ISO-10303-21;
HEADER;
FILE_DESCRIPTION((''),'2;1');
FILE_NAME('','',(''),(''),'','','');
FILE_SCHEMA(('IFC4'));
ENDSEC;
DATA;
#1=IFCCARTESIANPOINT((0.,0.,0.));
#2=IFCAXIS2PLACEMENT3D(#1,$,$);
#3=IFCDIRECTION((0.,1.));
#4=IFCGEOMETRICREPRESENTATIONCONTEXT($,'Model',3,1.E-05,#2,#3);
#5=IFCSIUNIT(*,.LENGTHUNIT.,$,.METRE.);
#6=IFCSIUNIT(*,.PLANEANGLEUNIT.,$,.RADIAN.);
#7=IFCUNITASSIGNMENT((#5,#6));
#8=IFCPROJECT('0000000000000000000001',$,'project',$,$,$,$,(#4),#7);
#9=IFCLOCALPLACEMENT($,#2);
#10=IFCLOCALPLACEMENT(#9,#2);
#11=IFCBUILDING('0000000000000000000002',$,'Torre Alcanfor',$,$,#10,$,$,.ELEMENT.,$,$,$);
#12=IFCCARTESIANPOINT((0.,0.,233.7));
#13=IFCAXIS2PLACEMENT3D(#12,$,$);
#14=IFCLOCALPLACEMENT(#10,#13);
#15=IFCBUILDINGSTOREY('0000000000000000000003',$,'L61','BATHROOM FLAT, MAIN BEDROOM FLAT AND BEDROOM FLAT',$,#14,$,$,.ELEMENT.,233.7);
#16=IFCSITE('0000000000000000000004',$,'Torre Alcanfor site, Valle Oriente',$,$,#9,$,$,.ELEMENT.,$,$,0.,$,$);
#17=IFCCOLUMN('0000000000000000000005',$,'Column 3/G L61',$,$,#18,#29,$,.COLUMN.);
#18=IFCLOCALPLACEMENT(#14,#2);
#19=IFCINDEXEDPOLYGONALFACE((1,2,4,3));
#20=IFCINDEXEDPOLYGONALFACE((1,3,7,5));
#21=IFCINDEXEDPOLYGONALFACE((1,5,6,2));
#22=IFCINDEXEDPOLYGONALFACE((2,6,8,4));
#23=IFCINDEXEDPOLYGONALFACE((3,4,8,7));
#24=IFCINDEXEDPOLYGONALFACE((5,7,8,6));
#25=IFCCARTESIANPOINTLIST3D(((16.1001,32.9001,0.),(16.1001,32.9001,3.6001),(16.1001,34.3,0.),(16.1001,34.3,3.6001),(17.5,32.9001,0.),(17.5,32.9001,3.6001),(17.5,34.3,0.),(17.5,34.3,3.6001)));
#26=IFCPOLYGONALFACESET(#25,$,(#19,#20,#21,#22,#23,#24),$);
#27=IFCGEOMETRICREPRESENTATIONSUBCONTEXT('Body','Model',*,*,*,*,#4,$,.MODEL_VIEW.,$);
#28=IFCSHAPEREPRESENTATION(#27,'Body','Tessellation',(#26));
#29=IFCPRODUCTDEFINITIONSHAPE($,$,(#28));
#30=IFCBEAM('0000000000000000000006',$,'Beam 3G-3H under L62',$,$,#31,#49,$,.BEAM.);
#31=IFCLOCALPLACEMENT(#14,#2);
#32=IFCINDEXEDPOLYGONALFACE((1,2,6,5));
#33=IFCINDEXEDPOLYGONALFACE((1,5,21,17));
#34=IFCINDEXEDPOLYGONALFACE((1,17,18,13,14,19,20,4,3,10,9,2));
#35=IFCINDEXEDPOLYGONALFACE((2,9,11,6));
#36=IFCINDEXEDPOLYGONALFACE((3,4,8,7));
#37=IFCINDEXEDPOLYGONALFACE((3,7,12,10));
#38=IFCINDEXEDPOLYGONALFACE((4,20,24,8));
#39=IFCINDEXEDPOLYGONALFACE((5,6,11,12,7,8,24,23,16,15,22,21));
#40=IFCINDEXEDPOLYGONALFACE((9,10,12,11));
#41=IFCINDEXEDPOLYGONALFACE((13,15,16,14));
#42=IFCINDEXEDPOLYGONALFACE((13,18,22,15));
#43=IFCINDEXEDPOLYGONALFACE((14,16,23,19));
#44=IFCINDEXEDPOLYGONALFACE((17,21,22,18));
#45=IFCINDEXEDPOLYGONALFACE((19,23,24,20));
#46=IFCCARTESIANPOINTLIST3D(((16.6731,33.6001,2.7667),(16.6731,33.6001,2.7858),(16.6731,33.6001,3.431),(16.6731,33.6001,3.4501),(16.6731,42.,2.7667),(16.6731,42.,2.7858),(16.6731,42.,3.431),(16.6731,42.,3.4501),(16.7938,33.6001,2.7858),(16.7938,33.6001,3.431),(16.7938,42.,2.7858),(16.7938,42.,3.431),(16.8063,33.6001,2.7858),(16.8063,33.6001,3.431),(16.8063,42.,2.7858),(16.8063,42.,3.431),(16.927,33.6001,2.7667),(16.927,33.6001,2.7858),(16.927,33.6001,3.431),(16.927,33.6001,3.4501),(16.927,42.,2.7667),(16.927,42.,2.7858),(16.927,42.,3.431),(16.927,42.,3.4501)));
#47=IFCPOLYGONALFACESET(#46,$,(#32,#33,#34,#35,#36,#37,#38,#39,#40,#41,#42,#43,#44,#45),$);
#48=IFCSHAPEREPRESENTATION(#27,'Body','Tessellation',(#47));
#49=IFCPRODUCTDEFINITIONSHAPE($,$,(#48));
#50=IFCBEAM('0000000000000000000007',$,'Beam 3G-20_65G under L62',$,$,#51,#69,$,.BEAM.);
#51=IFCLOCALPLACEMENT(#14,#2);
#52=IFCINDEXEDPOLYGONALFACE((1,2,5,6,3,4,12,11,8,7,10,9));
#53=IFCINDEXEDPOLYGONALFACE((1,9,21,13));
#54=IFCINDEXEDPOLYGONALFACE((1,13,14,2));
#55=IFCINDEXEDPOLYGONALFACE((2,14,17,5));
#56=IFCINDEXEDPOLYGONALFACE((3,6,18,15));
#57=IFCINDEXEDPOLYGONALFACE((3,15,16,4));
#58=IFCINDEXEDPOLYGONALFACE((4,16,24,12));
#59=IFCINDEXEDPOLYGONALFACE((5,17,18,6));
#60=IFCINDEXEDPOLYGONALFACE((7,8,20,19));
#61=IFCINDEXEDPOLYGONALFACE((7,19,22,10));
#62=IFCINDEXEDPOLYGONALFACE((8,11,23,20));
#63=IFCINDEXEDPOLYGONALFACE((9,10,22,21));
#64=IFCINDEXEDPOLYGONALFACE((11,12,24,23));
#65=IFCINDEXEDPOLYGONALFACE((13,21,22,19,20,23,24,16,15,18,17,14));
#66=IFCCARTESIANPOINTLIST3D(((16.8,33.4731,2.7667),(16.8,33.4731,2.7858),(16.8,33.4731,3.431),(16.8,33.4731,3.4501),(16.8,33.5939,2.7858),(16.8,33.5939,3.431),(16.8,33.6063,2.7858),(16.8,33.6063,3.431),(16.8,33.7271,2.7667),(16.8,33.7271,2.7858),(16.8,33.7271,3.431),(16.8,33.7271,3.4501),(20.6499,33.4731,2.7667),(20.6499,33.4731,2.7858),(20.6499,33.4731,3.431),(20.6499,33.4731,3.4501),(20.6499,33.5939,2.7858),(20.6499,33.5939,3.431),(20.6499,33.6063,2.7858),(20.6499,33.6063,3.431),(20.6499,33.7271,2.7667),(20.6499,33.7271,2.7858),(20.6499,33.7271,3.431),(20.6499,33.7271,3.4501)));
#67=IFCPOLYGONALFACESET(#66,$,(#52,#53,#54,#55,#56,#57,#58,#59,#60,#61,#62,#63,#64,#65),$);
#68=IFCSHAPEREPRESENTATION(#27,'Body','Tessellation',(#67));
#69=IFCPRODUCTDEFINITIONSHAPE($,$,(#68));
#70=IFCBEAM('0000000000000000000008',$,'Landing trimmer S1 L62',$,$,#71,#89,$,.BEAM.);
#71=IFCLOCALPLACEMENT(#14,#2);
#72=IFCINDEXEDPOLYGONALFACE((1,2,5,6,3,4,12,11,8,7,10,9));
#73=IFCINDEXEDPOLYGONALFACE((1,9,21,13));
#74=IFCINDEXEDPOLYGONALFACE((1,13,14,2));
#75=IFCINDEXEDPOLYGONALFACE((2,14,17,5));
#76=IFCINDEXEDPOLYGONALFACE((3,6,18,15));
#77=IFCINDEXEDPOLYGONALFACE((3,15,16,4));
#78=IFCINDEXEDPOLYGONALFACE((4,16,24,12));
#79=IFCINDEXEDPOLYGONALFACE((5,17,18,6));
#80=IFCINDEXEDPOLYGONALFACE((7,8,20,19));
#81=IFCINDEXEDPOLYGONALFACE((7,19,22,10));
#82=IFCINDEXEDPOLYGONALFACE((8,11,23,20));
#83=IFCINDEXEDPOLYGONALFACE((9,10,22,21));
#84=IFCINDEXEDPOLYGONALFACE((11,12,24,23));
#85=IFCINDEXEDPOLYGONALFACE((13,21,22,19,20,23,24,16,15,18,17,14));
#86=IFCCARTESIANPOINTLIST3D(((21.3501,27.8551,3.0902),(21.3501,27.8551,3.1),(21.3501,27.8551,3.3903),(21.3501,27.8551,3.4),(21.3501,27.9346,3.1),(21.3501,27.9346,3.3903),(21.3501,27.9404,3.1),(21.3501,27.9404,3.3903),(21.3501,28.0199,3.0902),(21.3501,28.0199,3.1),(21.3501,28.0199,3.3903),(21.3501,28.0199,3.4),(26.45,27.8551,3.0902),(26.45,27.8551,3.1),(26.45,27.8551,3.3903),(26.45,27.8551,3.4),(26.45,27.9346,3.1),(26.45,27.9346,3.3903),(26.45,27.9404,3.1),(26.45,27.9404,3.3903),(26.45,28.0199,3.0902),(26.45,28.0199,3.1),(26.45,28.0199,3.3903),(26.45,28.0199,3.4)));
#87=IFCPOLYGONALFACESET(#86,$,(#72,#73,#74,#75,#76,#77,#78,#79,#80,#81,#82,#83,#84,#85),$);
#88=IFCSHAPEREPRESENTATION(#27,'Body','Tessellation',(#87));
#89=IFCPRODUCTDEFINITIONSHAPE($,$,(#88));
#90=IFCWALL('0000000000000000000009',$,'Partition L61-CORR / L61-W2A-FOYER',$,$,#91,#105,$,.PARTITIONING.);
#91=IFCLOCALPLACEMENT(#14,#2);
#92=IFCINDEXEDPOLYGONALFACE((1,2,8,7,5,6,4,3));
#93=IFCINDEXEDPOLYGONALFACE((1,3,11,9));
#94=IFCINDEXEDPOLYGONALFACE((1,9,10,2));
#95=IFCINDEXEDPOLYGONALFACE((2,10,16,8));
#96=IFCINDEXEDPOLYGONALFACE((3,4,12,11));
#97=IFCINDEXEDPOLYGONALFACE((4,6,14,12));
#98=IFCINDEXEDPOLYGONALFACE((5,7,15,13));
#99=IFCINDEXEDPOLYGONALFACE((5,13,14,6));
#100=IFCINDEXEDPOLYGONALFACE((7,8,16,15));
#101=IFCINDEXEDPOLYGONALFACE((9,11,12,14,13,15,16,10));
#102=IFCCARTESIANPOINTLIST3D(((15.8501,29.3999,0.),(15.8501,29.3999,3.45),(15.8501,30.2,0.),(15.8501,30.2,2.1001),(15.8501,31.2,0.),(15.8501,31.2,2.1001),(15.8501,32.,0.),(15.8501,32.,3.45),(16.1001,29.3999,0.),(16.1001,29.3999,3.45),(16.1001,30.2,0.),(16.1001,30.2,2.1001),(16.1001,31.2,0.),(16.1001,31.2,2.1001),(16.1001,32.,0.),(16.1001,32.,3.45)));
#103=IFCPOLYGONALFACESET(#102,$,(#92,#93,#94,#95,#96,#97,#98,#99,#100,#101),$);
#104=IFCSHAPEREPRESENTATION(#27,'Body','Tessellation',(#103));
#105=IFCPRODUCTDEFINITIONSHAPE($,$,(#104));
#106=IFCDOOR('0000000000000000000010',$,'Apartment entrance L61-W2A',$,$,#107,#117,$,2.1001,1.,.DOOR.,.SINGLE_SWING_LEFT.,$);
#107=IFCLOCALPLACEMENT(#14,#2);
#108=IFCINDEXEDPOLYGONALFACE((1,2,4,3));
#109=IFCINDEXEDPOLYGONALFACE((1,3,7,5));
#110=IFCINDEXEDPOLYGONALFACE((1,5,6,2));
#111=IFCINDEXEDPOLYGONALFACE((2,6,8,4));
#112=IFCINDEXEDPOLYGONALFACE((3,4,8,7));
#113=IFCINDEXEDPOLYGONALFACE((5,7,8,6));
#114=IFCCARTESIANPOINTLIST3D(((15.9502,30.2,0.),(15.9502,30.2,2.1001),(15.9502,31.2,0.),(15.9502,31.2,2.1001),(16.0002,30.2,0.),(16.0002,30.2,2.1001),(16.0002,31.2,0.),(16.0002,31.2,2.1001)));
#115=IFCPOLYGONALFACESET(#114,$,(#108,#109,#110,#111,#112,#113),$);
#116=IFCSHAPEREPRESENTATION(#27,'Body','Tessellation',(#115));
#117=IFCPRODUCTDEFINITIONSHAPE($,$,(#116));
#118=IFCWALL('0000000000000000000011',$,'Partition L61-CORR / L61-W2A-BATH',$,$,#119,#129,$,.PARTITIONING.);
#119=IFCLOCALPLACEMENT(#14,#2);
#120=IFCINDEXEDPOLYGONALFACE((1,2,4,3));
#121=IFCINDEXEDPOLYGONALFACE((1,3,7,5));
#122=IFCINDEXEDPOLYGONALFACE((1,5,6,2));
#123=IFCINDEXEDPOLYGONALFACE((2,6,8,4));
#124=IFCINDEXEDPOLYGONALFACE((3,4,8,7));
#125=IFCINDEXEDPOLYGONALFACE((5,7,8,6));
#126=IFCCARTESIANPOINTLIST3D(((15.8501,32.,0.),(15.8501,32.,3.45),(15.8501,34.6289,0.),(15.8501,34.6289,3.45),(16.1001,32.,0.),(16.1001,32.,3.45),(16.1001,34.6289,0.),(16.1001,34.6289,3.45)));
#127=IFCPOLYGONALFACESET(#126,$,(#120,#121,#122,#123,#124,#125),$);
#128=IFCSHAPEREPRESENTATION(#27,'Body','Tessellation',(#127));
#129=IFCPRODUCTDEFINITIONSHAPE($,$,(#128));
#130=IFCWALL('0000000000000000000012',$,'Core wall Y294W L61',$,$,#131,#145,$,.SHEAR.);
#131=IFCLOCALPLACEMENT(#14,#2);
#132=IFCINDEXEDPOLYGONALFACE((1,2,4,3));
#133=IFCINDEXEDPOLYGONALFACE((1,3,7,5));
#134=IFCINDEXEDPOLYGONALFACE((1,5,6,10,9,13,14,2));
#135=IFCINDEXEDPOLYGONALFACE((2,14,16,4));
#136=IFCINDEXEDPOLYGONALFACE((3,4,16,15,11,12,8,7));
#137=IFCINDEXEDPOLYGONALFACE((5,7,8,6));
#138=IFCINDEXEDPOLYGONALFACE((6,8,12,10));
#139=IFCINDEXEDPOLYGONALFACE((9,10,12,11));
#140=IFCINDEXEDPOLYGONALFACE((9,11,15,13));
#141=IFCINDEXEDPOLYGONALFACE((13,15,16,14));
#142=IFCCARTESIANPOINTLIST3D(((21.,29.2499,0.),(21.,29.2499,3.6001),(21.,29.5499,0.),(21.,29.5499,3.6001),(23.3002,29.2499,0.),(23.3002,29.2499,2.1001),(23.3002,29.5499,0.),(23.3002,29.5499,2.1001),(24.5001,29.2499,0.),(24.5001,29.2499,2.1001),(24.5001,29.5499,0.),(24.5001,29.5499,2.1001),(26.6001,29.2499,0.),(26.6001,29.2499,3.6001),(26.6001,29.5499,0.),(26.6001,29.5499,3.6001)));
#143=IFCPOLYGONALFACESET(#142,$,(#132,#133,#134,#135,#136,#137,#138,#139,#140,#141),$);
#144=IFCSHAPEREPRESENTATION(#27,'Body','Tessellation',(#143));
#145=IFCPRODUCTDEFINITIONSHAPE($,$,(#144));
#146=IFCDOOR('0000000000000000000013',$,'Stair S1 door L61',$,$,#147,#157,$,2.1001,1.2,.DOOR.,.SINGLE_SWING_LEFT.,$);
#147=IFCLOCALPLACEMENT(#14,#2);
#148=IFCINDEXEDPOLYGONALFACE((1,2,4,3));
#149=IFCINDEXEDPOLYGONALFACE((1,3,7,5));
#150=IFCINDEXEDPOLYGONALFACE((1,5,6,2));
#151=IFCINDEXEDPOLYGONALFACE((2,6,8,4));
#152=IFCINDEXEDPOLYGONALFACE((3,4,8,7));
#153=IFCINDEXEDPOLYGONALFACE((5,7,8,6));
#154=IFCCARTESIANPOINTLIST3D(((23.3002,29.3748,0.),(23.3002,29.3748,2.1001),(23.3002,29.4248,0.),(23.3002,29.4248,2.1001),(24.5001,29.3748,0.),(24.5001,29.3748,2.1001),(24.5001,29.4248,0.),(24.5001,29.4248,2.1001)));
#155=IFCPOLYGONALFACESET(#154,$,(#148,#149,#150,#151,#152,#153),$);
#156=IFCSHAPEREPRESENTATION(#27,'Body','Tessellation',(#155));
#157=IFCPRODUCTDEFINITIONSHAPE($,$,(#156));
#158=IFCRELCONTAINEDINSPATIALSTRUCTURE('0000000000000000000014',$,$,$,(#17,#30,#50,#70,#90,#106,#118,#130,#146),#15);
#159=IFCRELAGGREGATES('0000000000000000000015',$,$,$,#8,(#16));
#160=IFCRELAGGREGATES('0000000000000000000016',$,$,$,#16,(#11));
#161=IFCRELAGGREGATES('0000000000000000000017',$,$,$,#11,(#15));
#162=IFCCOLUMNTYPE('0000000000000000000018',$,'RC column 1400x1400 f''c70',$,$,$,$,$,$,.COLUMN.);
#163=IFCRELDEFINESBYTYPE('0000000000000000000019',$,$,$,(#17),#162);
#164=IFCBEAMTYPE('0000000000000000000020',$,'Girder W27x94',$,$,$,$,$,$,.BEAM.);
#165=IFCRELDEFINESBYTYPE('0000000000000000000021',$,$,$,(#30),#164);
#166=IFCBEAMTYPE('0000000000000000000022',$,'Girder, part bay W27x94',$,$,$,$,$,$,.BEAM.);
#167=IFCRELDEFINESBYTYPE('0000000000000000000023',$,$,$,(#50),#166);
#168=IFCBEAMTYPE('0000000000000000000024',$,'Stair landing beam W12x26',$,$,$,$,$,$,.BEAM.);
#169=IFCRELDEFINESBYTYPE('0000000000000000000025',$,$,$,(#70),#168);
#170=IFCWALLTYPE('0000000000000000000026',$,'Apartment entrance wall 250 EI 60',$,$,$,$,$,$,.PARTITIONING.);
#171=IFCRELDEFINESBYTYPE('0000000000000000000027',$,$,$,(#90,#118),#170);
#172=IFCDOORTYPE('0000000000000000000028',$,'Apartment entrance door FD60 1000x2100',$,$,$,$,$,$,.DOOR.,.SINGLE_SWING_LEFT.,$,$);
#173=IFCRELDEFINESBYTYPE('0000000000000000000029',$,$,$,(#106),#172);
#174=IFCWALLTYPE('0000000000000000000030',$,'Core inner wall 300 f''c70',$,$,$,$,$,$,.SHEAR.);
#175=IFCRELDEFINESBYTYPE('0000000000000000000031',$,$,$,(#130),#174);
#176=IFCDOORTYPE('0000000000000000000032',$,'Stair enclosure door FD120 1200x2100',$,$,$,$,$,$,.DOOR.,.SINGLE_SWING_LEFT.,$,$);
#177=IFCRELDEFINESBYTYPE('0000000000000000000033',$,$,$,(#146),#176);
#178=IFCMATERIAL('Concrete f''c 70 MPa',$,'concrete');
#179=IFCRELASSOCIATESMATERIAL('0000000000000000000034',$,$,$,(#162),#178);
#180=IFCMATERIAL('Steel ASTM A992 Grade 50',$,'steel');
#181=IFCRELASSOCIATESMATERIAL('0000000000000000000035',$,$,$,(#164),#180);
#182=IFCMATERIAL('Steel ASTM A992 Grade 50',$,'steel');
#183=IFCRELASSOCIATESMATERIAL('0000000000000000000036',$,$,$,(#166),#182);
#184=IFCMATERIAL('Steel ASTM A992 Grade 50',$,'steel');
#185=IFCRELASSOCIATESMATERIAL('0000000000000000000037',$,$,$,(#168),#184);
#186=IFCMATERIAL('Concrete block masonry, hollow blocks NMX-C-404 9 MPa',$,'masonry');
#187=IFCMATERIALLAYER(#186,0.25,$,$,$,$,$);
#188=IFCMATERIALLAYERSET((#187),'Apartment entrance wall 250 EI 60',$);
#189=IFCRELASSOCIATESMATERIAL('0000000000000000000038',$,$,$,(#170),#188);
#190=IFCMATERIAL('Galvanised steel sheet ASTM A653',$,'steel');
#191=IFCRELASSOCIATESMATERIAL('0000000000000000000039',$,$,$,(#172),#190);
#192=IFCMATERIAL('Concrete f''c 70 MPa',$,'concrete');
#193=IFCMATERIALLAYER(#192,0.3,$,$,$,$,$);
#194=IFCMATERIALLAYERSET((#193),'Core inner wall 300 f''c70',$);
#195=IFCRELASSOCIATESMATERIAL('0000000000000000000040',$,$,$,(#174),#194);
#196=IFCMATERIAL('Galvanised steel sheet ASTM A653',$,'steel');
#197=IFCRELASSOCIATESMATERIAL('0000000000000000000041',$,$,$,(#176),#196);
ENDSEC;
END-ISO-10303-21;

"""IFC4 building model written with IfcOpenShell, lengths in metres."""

from ifc_helpers import new_model, si_unit, direction, frame, frame_2d, origin, origin_2d, place, context, subcontext, project, spatial, rectangle, i_section, extrude, material, layer, layer_set, material_profile, profile_set, type_object, element, fill, save


model = new_model("IFC4")

# Units and contexts
model_context = context("Model", 3, precision=1e-05, world=origin(), true_north=direction((0.0, 1.0)))
body_context = subcontext(model_context, "Body", "Model", "MODEL_VIEW")
ifc_project = project(units=[si_unit("LENGTHUNIT", "METRE"), si_unit("PLANEANGLEUNIT", "RADIAN")], contexts=[model_context])

# Site, building, storey
site_placement = place(None, origin())
site = spatial("IfcSite", under=ifc_project, at=site_placement, Name="Torre Alcanfor site, Valle Oriente", CompositionType="ELEMENT", RefElevation=0.0)
building_placement = place(site_placement, origin())
building = spatial("IfcBuilding", under=site, at=building_placement, Name="Torre Alcanfor", CompositionType="ELEMENT")
storey_placement = place(building_placement, frame((0.0, 0.0, 233.7)))
storey = spatial("IfcBuildingStorey", under=building, at=storey_placement, Name="L61", Description="BATHROOM FLAT, MAIN BEDROOM FLAT AND BEDROOM FLAT", CompositionType="ELEMENT", Elevation=233.7)

# Column
ifc_material_1 = material(Name="Concrete f'c 70 MPa", Category="concrete")
ifc_material_profile_1 = material_profile(ifc_material_1, rectangle(XDim=1.3999, YDim=1.3999, at=origin_2d()), Name="1400x1400")
ifc_profile_set_1 = profile_set([ifc_material_profile_1], Name="Concrete f'c 70 MPa")
column_type = type_object("IfcColumnType", Name="RC column 1400x1400 f'c70", PredefinedType="COLUMN", material=ifc_profile_set_1)
column_placement = place(storey_placement, frame((16.8, 33.6001, 0.0), z_axis=(0.0, 0.0, 1.0), x_axis=(1.0, 0.0, 0.0)))
element("IfcColumn", 1, at=column_placement, inside=storey, type_object=column_type, Name="Column 3/G L61", PredefinedType="COLUMN", context=body_context, shape_type="SweptSolid", body=[
    extrude(rectangle(XDim=1.3999, YDim=1.3999, at=origin_2d()), origin(), (0.0, 0.0, 1.0), 3.6001),
])

# Beams
ifc_material_2 = material(Name="Steel ASTM A992 Grade 50", Category="steel")
ifc_material_profile_2 = material_profile(ifc_material_2, i_section(OverallWidth=0.2539, OverallDepth=0.6833, WebThickness=0.0125, FlangeThickness=0.019, at=origin_2d()), Name="W27x94")
ifc_profile_set_2 = profile_set([ifc_material_profile_2], Name="Steel ASTM A992 Grade 50")
beam_type_1 = type_object("IfcBeamType", Name="Girder W27x94", PredefinedType="BEAM", material=ifc_profile_set_2)
beam_1_placement = place(storey_placement, frame((16.8, 33.6001, 3.1084), z_axis=(0.0, 1.0, 0.0), x_axis=(-1.0, 0.0, 0.0)))
element("IfcBeam", 2, at=beam_1_placement, inside=storey, type_object=beam_type_1, Name="Beam 3G-3H under L62", PredefinedType="BEAM", context=body_context, shape_type="SweptSolid", body=[
    extrude(i_section(OverallWidth=0.2539, OverallDepth=0.6833, WebThickness=0.0125, FlangeThickness=0.019, at=origin_2d()), origin(), (0.0, 0.0, 1.0), 8.3999),
])
ifc_material_3 = material(Name="Steel ASTM A992 Grade 50", Category="steel")
ifc_material_profile_3 = material_profile(ifc_material_3, i_section(OverallWidth=0.2539, OverallDepth=0.6833, WebThickness=0.0125, FlangeThickness=0.019, at=origin_2d()), Name="W27x94")
ifc_profile_set_3 = profile_set([ifc_material_profile_3], Name="Steel ASTM A992 Grade 50")
beam_type_2 = type_object("IfcBeamType", Name="Girder, part bay W27x94", PredefinedType="BEAM", material=ifc_profile_set_3)
beam_2_placement = place(storey_placement, frame((16.8, 33.6001, 3.1084), z_axis=(1.0, 0.0, 0.0), x_axis=(0.0, 1.0, 0.0)))
element("IfcBeam", 3, at=beam_2_placement, inside=storey, type_object=beam_type_2, Name="Beam 3G-20_65G under L62", PredefinedType="BEAM", context=body_context, shape_type="SweptSolid", body=[
    extrude(i_section(OverallWidth=0.2539, OverallDepth=0.6833, WebThickness=0.0125, FlangeThickness=0.019, at=origin_2d()), origin(), (0.0, 0.0, 1.0), 3.8499),
])
ifc_material_4 = material(Name="Steel ASTM A992 Grade 50", Category="steel")
ifc_material_profile_4 = material_profile(ifc_material_4, i_section(OverallWidth=0.1648, OverallDepth=0.3098, WebThickness=0.0059, FlangeThickness=0.0098, at=origin_2d()), Name="W12x26")
ifc_profile_set_4 = profile_set([ifc_material_profile_4], Name="Steel ASTM A992 Grade 50")
beam_type_3 = type_object("IfcBeamType", Name="Stair landing beam W12x26", PredefinedType="BEAM", material=ifc_profile_set_4)
beam_3_placement = place(storey_placement, frame((21.3501, 27.9375, 3.2451), z_axis=(1.0, 0.0, 0.0), x_axis=(0.0, 1.0, 0.0)))
element("IfcBeam", 4, at=beam_3_placement, inside=storey, type_object=beam_type_3, Name="Landing trimmer S1 L62", PredefinedType="BEAM", context=body_context, shape_type="SweptSolid", body=[
    extrude(i_section(OverallWidth=0.1648, OverallDepth=0.3098, WebThickness=0.0059, FlangeThickness=0.0098, at=origin_2d()), origin(), (0.0, 0.0, 1.0), 5.0999),
])

# Wall, opening, door
ifc_material_5 = material(Name="Concrete block masonry, hollow blocks NMX-C-404 9 MPa", Category="masonry")
ifc_layer_1 = layer(ifc_material_5, 0.25)
ifc_layer_set_1 = layer_set([ifc_layer_1], Name="Apartment entrance wall 250 EI 60")
wall_type_1 = type_object("IfcWallType", Name="Apartment entrance wall 250 EI 60", PredefinedType="PARTITIONING", material=ifc_layer_set_1)
wall_1_placement = place(storey_placement, frame((15.9751, 29.3999, 0.0), z_axis=(0.0, 0.0, 1.0), x_axis=(0.0, 1.0, 0.0)))
wall_1 = element("IfcWall", 5, at=wall_1_placement, inside=storey, type_object=wall_type_1, Name="Partition L61-CORR / L61-W2A-FOYER", PredefinedType="PARTITIONING", context=body_context, shape_type="SweptSolid", body=[
    extrude(rectangle(XDim=2.6001, YDim=0.25, at=frame_2d((1.3, 0.0))), origin(), (0.0, 0.0, 1.0), 3.45),
])
opening_1_placement = place(wall_1_placement, frame((0.8, 0.0, 0.0)))
opening_1 = element("IfcOpeningElement", 6, at=opening_1_placement, cuts=wall_1, PredefinedType="OPENING", context=body_context, shape_type="SweptSolid", body=[
    extrude(rectangle(XDim=1.0, YDim=2.1001, at=frame_2d((0.5, 1.05))), frame((0.0, 0.135, 0.0), z_axis=(0.0, -1.0, 0.0), x_axis=(1.0, 0.0, 0.0)), (0.0, 0.0, 1.0), 0.27),
])
ifc_material_6 = material(Name="Galvanised steel sheet ASTM A653", Category="steel")
door_type_1 = type_object("IfcDoorType", Name="Apartment entrance door FD60 1000x2100", OperationType="SINGLE_SWING_LEFT", PredefinedType="DOOR", material=ifc_material_6)
door_1_placement = place(opening_1_placement, origin())
door_1 = element("IfcDoor", 7, at=door_1_placement, inside=storey, type_object=door_type_1, Name="Apartment entrance L61-W2A", OperationType="SINGLE_SWING_LEFT", OverallHeight=2.1001, OverallWidth=1.0, PredefinedType="DOOR", context=body_context, shape_type="SweptSolid", body=[
    extrude(rectangle(XDim=1.0, YDim=2.1001, at=frame_2d((0.5, 1.05))), frame((0.0, 0.0249, 0.0), z_axis=(0.0, -1.0, 0.0), x_axis=(1.0, 0.0, 0.0)), (0.0, 0.0, 1.0), 0.05),
])
fill(opening_1, door_1)

# Wall
wall_2_placement = place(storey_placement, frame((15.9751, 32.0, 0.0), z_axis=(0.0, 0.0, 1.0), x_axis=(0.0, 1.0, 0.0)))
element("IfcWall", 8, at=wall_2_placement, inside=storey, type_object=wall_type_1, Name="Partition L61-CORR / L61-W2A-BATH", PredefinedType="PARTITIONING", context=body_context, shape_type="SweptSolid", body=[
    extrude(rectangle(XDim=2.6289, YDim=0.25, at=frame_2d((1.3145, 0.0))), origin(), (0.0, 0.0, 1.0), 3.45),
])

# Wall, opening, door
ifc_material_7 = material(Name="Concrete f'c 70 MPa", Category="concrete")
ifc_layer_2 = layer(ifc_material_7, 0.3)
ifc_layer_set_2 = layer_set([ifc_layer_2], Name="Core inner wall 300 f'c70")
wall_type_2 = type_object("IfcWallType", Name="Core inner wall 300 f'c70", PredefinedType="SHEAR", material=ifc_layer_set_2)
wall_3_placement = place(storey_placement, frame((21.0, 29.3999, 0.0), z_axis=(0.0, 0.0, 1.0), x_axis=(1.0, 0.0, 0.0)))
wall_3 = element("IfcWall", 9, at=wall_3_placement, inside=storey, type_object=wall_type_2, Name="Core wall Y294W L61", PredefinedType="SHEAR", context=body_context, shape_type="SweptSolid", body=[
    extrude(rectangle(XDim=5.6001, YDim=0.3, at=frame_2d((2.8, 0.0))), origin(), (0.0, 0.0, 1.0), 3.6001),
])
opening_2_placement = place(wall_3_placement, frame((2.3, 0.0, 0.0)))
opening_2 = element("IfcOpeningElement", 10, at=opening_2_placement, cuts=wall_3, PredefinedType="OPENING", context=body_context, shape_type="SweptSolid", body=[
    extrude(rectangle(XDim=1.2, YDim=2.1001, at=frame_2d((0.6001, 1.05))), frame((0.0, 0.1599, 0.0), z_axis=(0.0, -1.0, 0.0), x_axis=(1.0, 0.0, 0.0)), (0.0, 0.0, 1.0), 0.3201),
])
ifc_material_8 = material(Name="Galvanised steel sheet ASTM A653", Category="steel")
door_type_2 = type_object("IfcDoorType", Name="Stair enclosure door FD120 1200x2100", OperationType="SINGLE_SWING_LEFT", PredefinedType="DOOR", material=ifc_material_8)
door_2_placement = place(opening_2_placement, frame((1.2, 0.0, 0.0), z_axis=(0.0, 0.0, 1.0), x_axis=(-1.0, 0.0, 0.0)))
door_2 = element("IfcDoor", 11, at=door_2_placement, inside=storey, type_object=door_type_2, Name="Stair S1 door L61", OperationType="SINGLE_SWING_LEFT", OverallHeight=2.1001, OverallWidth=1.2, PredefinedType="DOOR", context=body_context, shape_type="SweptSolid", body=[
    extrude(rectangle(XDim=1.2, YDim=2.1001, at=frame_2d((0.5999, 1.05))), frame((0.0, 0.0251, 0.0), z_axis=(0.0, -1.0, 0.0), x_axis=(1.0, 0.0, 0.0)), (0.0, 0.0, 1.0), 0.05),
])
fill(opening_2, door_2)

save(model, "model.ifc")
